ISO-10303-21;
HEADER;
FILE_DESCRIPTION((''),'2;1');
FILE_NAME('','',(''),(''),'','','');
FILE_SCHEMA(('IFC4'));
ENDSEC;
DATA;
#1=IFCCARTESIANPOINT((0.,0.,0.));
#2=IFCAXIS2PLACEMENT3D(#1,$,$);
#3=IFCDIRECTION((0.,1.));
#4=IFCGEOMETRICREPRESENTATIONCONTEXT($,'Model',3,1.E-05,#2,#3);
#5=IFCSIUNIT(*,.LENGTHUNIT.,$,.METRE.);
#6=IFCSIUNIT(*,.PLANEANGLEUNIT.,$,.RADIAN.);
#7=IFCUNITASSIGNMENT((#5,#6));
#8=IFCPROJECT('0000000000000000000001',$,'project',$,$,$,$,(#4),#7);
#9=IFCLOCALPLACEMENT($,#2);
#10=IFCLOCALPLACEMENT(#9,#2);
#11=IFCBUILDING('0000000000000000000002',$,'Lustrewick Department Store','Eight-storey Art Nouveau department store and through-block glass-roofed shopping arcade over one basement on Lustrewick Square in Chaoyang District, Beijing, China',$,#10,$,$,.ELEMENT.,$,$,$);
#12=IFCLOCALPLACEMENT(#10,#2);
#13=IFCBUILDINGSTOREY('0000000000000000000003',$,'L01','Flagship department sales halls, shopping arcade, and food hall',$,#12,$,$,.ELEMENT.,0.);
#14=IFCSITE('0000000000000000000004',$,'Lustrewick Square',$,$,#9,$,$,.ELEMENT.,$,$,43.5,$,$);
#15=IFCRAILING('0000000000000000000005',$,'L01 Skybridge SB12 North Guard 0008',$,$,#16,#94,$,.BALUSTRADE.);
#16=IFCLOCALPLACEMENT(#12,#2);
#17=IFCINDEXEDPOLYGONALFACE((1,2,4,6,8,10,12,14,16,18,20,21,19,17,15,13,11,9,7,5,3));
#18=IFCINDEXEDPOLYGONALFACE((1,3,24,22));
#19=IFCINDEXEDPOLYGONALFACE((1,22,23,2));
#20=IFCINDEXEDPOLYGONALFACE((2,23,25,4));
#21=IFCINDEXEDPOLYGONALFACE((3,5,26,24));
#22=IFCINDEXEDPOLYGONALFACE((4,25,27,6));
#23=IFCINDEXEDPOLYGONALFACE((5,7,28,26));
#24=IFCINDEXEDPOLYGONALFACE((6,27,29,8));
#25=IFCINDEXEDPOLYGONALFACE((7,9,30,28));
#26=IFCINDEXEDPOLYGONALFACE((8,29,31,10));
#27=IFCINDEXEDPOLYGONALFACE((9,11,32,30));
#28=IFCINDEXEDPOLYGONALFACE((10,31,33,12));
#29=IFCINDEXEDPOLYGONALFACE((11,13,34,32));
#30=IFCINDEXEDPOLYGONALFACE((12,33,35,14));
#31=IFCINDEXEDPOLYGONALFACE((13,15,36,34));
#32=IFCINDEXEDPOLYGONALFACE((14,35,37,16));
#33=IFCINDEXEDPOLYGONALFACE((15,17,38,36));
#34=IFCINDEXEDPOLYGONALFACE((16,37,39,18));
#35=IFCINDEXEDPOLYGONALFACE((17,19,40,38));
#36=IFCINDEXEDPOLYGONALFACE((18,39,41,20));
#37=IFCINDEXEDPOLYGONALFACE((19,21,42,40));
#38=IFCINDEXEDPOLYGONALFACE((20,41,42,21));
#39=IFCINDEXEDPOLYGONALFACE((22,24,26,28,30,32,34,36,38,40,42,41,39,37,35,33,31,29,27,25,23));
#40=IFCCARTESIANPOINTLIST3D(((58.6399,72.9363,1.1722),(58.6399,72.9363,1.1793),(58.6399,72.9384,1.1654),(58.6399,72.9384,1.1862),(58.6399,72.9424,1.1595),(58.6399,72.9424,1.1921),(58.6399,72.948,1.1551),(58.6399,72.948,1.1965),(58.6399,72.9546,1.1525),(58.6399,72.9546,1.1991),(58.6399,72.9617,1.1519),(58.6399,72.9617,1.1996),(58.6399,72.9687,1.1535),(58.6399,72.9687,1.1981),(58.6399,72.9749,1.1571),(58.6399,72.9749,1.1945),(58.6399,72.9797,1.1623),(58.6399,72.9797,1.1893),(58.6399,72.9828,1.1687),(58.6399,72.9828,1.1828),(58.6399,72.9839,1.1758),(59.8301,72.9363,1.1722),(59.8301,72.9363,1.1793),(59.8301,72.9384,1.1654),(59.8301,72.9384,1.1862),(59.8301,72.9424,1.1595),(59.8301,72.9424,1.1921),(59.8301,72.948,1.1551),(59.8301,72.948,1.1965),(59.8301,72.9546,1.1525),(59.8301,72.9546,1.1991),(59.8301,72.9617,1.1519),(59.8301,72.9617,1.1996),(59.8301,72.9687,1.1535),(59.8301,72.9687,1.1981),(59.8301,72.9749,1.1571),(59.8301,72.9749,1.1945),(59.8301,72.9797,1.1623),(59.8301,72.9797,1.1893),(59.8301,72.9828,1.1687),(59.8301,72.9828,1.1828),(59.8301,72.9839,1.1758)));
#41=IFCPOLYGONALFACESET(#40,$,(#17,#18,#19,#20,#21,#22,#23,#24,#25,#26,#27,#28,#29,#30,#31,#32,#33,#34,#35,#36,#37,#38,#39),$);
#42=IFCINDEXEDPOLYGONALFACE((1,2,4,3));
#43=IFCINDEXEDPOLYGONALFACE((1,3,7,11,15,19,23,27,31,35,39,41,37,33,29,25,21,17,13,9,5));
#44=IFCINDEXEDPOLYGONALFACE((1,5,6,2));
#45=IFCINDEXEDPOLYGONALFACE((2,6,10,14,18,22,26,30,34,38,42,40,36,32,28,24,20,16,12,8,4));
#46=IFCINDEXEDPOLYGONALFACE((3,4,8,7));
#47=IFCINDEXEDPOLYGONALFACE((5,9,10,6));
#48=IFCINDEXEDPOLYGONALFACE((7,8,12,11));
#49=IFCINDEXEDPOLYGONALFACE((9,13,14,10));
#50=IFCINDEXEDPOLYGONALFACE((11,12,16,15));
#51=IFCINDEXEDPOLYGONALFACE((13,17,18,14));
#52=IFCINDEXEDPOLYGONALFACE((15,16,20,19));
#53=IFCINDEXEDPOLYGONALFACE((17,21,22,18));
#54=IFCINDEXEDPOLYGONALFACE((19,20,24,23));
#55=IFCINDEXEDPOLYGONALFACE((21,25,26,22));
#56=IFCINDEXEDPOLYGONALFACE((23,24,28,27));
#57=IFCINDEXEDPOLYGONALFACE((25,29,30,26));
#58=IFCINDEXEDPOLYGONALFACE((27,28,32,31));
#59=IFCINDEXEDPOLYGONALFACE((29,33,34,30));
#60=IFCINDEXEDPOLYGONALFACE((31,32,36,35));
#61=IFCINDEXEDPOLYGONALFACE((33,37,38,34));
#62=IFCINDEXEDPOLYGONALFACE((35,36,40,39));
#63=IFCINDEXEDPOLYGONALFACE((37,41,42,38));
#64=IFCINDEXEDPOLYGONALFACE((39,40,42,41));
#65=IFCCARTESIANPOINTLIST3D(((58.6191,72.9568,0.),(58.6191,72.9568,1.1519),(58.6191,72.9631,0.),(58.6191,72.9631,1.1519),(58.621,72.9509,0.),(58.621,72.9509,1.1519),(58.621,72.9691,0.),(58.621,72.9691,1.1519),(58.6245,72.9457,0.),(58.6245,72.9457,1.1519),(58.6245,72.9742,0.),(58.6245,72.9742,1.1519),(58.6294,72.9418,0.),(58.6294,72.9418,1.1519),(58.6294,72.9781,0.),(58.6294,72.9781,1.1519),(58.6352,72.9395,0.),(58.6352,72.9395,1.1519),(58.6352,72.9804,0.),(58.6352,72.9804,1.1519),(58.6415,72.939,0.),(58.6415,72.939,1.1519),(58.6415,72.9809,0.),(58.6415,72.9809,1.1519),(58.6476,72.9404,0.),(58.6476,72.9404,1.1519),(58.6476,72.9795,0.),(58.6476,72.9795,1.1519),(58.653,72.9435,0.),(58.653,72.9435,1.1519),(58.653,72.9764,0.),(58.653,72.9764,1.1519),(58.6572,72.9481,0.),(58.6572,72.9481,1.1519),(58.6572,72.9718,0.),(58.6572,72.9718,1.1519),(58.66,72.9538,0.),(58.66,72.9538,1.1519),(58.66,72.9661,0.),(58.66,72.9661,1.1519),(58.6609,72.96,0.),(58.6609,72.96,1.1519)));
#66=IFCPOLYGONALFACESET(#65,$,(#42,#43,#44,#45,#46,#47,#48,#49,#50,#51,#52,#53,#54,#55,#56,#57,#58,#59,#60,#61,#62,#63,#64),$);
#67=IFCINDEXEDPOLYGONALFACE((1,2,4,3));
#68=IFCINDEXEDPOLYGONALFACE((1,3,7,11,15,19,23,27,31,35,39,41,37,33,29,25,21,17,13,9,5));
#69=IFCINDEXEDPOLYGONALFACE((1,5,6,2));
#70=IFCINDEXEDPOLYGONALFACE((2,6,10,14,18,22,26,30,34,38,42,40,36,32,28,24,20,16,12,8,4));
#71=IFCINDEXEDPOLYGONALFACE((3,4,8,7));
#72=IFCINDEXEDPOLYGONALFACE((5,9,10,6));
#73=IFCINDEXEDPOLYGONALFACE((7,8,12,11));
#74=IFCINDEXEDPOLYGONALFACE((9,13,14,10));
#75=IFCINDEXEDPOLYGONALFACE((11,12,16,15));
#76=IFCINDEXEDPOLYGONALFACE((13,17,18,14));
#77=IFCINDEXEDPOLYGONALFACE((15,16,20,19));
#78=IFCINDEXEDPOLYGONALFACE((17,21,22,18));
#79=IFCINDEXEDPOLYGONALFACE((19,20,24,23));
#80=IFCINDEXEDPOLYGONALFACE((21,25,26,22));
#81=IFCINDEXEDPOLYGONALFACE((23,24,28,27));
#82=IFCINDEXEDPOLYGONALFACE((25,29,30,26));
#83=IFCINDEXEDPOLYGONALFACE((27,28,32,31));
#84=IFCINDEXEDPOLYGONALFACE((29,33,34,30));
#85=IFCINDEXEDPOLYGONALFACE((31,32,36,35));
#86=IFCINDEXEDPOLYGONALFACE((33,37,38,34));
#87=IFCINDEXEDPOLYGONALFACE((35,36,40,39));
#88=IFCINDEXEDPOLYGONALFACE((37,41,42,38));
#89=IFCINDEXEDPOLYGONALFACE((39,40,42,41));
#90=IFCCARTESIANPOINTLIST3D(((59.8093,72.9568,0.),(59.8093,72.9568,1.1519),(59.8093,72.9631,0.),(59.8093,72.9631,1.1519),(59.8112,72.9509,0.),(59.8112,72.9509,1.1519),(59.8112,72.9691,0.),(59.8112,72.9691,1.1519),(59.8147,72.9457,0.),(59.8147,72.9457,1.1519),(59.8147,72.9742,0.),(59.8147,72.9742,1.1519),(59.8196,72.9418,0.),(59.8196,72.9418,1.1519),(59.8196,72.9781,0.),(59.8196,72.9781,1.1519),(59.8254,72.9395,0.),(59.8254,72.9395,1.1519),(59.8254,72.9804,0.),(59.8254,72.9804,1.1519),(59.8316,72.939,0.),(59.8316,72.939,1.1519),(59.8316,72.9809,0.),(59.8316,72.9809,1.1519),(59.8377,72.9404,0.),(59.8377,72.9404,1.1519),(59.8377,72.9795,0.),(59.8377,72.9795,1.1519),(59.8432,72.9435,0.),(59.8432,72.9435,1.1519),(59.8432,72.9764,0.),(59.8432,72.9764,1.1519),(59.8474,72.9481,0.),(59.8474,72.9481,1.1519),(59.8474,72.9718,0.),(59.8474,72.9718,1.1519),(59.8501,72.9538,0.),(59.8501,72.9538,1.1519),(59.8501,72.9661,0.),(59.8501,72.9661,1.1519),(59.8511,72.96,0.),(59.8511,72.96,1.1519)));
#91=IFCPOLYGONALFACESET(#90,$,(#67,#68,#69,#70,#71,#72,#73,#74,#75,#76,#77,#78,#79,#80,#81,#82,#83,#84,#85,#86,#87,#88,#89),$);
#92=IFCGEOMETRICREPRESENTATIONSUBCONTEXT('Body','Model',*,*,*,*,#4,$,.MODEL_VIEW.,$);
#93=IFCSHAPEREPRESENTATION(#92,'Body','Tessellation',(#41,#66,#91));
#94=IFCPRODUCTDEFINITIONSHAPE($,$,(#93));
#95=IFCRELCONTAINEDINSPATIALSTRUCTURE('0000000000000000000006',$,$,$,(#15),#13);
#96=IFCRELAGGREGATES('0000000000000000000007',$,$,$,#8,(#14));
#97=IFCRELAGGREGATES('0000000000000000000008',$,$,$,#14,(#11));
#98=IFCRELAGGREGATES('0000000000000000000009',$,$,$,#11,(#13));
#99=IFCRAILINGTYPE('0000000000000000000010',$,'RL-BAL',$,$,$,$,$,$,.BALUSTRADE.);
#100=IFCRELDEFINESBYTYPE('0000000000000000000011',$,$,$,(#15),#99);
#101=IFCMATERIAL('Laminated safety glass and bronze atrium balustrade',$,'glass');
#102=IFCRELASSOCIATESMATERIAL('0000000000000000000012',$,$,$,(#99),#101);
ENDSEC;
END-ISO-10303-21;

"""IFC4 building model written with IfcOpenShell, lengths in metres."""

from ifc_helpers import new_model, si_unit, direction, frame, origin, origin_2d, place, context, subcontext, project, spatial, circle, extrude, material, type_object, element, save


model = new_model("IFC4")

# Units and contexts
model_context = context("Model", 3, precision=1e-05, world=origin(), true_north=direction((0.0, 1.0)))
body_context = subcontext(model_context, "Body", "Model", "MODEL_VIEW")
ifc_project = project(units=[si_unit("LENGTHUNIT", "METRE"), si_unit("PLANEANGLEUNIT", "RADIAN")], contexts=[model_context])

# Site, building, storey
site_placement = place(None, origin())
site = spatial("IfcSite", under=ifc_project, at=site_placement, Name="Lustrewick Square", CompositionType="ELEMENT", RefElevation=43.5)
building_placement = place(site_placement, origin())
building = spatial("IfcBuilding", under=site, at=building_placement, Name="Lustrewick Department Store", Description="Eight-storey Art Nouveau department store and through-block glass-roofed shopping arcade over one basement on Lustrewick Square in Chaoyang District, Beijing, China", CompositionType="ELEMENT")
storey_placement = place(building_placement, origin())
storey = spatial("IfcBuildingStorey", under=building, at=storey_placement, Name="L01", Description="Flagship department sales halls, shopping arcade, and food hall", CompositionType="ELEMENT", Elevation=0.0)

# Railing
ifc_material_1 = material(Name="Laminated safety glass and bronze atrium balustrade", Category="glass")
railing_type_1 = type_object("IfcRailingType", Name="RL-BAL", PredefinedType="BALUSTRADE", material=ifc_material_1)
for number, where, name in (
    (1, (58.6399, 72.96, 0.0), "L01 Skybridge SB12 North Guard 0008"),
):
    element("IfcRailing", number, at=place(storey_placement, frame(where)), inside=storey, type_object=railing_type_1, Name=name, PredefinedType="BALUSTRADE", context=body_context, shape_type="SweptSolid", body=[
        extrude(circle(Radius=0.0239, at=origin_2d()), frame((0.0, 0.0, 1.1758), z_axis=(1.0, 0.0, 0.0), x_axis=(0.0, 1.0, 0.0)), (0.0, 0.0, 1.0), 1.1902),
        extrude(circle(Radius=0.021, at=origin_2d()), origin(), (0.0, 0.0, 1.0), 1.1519),
        extrude(circle(Radius=0.021, at=origin_2d()), frame((1.1902, 0.0, 0.0)), (0.0, 0.0, 1.0), 1.1519),
    ])

save(model, "model.ifc")
